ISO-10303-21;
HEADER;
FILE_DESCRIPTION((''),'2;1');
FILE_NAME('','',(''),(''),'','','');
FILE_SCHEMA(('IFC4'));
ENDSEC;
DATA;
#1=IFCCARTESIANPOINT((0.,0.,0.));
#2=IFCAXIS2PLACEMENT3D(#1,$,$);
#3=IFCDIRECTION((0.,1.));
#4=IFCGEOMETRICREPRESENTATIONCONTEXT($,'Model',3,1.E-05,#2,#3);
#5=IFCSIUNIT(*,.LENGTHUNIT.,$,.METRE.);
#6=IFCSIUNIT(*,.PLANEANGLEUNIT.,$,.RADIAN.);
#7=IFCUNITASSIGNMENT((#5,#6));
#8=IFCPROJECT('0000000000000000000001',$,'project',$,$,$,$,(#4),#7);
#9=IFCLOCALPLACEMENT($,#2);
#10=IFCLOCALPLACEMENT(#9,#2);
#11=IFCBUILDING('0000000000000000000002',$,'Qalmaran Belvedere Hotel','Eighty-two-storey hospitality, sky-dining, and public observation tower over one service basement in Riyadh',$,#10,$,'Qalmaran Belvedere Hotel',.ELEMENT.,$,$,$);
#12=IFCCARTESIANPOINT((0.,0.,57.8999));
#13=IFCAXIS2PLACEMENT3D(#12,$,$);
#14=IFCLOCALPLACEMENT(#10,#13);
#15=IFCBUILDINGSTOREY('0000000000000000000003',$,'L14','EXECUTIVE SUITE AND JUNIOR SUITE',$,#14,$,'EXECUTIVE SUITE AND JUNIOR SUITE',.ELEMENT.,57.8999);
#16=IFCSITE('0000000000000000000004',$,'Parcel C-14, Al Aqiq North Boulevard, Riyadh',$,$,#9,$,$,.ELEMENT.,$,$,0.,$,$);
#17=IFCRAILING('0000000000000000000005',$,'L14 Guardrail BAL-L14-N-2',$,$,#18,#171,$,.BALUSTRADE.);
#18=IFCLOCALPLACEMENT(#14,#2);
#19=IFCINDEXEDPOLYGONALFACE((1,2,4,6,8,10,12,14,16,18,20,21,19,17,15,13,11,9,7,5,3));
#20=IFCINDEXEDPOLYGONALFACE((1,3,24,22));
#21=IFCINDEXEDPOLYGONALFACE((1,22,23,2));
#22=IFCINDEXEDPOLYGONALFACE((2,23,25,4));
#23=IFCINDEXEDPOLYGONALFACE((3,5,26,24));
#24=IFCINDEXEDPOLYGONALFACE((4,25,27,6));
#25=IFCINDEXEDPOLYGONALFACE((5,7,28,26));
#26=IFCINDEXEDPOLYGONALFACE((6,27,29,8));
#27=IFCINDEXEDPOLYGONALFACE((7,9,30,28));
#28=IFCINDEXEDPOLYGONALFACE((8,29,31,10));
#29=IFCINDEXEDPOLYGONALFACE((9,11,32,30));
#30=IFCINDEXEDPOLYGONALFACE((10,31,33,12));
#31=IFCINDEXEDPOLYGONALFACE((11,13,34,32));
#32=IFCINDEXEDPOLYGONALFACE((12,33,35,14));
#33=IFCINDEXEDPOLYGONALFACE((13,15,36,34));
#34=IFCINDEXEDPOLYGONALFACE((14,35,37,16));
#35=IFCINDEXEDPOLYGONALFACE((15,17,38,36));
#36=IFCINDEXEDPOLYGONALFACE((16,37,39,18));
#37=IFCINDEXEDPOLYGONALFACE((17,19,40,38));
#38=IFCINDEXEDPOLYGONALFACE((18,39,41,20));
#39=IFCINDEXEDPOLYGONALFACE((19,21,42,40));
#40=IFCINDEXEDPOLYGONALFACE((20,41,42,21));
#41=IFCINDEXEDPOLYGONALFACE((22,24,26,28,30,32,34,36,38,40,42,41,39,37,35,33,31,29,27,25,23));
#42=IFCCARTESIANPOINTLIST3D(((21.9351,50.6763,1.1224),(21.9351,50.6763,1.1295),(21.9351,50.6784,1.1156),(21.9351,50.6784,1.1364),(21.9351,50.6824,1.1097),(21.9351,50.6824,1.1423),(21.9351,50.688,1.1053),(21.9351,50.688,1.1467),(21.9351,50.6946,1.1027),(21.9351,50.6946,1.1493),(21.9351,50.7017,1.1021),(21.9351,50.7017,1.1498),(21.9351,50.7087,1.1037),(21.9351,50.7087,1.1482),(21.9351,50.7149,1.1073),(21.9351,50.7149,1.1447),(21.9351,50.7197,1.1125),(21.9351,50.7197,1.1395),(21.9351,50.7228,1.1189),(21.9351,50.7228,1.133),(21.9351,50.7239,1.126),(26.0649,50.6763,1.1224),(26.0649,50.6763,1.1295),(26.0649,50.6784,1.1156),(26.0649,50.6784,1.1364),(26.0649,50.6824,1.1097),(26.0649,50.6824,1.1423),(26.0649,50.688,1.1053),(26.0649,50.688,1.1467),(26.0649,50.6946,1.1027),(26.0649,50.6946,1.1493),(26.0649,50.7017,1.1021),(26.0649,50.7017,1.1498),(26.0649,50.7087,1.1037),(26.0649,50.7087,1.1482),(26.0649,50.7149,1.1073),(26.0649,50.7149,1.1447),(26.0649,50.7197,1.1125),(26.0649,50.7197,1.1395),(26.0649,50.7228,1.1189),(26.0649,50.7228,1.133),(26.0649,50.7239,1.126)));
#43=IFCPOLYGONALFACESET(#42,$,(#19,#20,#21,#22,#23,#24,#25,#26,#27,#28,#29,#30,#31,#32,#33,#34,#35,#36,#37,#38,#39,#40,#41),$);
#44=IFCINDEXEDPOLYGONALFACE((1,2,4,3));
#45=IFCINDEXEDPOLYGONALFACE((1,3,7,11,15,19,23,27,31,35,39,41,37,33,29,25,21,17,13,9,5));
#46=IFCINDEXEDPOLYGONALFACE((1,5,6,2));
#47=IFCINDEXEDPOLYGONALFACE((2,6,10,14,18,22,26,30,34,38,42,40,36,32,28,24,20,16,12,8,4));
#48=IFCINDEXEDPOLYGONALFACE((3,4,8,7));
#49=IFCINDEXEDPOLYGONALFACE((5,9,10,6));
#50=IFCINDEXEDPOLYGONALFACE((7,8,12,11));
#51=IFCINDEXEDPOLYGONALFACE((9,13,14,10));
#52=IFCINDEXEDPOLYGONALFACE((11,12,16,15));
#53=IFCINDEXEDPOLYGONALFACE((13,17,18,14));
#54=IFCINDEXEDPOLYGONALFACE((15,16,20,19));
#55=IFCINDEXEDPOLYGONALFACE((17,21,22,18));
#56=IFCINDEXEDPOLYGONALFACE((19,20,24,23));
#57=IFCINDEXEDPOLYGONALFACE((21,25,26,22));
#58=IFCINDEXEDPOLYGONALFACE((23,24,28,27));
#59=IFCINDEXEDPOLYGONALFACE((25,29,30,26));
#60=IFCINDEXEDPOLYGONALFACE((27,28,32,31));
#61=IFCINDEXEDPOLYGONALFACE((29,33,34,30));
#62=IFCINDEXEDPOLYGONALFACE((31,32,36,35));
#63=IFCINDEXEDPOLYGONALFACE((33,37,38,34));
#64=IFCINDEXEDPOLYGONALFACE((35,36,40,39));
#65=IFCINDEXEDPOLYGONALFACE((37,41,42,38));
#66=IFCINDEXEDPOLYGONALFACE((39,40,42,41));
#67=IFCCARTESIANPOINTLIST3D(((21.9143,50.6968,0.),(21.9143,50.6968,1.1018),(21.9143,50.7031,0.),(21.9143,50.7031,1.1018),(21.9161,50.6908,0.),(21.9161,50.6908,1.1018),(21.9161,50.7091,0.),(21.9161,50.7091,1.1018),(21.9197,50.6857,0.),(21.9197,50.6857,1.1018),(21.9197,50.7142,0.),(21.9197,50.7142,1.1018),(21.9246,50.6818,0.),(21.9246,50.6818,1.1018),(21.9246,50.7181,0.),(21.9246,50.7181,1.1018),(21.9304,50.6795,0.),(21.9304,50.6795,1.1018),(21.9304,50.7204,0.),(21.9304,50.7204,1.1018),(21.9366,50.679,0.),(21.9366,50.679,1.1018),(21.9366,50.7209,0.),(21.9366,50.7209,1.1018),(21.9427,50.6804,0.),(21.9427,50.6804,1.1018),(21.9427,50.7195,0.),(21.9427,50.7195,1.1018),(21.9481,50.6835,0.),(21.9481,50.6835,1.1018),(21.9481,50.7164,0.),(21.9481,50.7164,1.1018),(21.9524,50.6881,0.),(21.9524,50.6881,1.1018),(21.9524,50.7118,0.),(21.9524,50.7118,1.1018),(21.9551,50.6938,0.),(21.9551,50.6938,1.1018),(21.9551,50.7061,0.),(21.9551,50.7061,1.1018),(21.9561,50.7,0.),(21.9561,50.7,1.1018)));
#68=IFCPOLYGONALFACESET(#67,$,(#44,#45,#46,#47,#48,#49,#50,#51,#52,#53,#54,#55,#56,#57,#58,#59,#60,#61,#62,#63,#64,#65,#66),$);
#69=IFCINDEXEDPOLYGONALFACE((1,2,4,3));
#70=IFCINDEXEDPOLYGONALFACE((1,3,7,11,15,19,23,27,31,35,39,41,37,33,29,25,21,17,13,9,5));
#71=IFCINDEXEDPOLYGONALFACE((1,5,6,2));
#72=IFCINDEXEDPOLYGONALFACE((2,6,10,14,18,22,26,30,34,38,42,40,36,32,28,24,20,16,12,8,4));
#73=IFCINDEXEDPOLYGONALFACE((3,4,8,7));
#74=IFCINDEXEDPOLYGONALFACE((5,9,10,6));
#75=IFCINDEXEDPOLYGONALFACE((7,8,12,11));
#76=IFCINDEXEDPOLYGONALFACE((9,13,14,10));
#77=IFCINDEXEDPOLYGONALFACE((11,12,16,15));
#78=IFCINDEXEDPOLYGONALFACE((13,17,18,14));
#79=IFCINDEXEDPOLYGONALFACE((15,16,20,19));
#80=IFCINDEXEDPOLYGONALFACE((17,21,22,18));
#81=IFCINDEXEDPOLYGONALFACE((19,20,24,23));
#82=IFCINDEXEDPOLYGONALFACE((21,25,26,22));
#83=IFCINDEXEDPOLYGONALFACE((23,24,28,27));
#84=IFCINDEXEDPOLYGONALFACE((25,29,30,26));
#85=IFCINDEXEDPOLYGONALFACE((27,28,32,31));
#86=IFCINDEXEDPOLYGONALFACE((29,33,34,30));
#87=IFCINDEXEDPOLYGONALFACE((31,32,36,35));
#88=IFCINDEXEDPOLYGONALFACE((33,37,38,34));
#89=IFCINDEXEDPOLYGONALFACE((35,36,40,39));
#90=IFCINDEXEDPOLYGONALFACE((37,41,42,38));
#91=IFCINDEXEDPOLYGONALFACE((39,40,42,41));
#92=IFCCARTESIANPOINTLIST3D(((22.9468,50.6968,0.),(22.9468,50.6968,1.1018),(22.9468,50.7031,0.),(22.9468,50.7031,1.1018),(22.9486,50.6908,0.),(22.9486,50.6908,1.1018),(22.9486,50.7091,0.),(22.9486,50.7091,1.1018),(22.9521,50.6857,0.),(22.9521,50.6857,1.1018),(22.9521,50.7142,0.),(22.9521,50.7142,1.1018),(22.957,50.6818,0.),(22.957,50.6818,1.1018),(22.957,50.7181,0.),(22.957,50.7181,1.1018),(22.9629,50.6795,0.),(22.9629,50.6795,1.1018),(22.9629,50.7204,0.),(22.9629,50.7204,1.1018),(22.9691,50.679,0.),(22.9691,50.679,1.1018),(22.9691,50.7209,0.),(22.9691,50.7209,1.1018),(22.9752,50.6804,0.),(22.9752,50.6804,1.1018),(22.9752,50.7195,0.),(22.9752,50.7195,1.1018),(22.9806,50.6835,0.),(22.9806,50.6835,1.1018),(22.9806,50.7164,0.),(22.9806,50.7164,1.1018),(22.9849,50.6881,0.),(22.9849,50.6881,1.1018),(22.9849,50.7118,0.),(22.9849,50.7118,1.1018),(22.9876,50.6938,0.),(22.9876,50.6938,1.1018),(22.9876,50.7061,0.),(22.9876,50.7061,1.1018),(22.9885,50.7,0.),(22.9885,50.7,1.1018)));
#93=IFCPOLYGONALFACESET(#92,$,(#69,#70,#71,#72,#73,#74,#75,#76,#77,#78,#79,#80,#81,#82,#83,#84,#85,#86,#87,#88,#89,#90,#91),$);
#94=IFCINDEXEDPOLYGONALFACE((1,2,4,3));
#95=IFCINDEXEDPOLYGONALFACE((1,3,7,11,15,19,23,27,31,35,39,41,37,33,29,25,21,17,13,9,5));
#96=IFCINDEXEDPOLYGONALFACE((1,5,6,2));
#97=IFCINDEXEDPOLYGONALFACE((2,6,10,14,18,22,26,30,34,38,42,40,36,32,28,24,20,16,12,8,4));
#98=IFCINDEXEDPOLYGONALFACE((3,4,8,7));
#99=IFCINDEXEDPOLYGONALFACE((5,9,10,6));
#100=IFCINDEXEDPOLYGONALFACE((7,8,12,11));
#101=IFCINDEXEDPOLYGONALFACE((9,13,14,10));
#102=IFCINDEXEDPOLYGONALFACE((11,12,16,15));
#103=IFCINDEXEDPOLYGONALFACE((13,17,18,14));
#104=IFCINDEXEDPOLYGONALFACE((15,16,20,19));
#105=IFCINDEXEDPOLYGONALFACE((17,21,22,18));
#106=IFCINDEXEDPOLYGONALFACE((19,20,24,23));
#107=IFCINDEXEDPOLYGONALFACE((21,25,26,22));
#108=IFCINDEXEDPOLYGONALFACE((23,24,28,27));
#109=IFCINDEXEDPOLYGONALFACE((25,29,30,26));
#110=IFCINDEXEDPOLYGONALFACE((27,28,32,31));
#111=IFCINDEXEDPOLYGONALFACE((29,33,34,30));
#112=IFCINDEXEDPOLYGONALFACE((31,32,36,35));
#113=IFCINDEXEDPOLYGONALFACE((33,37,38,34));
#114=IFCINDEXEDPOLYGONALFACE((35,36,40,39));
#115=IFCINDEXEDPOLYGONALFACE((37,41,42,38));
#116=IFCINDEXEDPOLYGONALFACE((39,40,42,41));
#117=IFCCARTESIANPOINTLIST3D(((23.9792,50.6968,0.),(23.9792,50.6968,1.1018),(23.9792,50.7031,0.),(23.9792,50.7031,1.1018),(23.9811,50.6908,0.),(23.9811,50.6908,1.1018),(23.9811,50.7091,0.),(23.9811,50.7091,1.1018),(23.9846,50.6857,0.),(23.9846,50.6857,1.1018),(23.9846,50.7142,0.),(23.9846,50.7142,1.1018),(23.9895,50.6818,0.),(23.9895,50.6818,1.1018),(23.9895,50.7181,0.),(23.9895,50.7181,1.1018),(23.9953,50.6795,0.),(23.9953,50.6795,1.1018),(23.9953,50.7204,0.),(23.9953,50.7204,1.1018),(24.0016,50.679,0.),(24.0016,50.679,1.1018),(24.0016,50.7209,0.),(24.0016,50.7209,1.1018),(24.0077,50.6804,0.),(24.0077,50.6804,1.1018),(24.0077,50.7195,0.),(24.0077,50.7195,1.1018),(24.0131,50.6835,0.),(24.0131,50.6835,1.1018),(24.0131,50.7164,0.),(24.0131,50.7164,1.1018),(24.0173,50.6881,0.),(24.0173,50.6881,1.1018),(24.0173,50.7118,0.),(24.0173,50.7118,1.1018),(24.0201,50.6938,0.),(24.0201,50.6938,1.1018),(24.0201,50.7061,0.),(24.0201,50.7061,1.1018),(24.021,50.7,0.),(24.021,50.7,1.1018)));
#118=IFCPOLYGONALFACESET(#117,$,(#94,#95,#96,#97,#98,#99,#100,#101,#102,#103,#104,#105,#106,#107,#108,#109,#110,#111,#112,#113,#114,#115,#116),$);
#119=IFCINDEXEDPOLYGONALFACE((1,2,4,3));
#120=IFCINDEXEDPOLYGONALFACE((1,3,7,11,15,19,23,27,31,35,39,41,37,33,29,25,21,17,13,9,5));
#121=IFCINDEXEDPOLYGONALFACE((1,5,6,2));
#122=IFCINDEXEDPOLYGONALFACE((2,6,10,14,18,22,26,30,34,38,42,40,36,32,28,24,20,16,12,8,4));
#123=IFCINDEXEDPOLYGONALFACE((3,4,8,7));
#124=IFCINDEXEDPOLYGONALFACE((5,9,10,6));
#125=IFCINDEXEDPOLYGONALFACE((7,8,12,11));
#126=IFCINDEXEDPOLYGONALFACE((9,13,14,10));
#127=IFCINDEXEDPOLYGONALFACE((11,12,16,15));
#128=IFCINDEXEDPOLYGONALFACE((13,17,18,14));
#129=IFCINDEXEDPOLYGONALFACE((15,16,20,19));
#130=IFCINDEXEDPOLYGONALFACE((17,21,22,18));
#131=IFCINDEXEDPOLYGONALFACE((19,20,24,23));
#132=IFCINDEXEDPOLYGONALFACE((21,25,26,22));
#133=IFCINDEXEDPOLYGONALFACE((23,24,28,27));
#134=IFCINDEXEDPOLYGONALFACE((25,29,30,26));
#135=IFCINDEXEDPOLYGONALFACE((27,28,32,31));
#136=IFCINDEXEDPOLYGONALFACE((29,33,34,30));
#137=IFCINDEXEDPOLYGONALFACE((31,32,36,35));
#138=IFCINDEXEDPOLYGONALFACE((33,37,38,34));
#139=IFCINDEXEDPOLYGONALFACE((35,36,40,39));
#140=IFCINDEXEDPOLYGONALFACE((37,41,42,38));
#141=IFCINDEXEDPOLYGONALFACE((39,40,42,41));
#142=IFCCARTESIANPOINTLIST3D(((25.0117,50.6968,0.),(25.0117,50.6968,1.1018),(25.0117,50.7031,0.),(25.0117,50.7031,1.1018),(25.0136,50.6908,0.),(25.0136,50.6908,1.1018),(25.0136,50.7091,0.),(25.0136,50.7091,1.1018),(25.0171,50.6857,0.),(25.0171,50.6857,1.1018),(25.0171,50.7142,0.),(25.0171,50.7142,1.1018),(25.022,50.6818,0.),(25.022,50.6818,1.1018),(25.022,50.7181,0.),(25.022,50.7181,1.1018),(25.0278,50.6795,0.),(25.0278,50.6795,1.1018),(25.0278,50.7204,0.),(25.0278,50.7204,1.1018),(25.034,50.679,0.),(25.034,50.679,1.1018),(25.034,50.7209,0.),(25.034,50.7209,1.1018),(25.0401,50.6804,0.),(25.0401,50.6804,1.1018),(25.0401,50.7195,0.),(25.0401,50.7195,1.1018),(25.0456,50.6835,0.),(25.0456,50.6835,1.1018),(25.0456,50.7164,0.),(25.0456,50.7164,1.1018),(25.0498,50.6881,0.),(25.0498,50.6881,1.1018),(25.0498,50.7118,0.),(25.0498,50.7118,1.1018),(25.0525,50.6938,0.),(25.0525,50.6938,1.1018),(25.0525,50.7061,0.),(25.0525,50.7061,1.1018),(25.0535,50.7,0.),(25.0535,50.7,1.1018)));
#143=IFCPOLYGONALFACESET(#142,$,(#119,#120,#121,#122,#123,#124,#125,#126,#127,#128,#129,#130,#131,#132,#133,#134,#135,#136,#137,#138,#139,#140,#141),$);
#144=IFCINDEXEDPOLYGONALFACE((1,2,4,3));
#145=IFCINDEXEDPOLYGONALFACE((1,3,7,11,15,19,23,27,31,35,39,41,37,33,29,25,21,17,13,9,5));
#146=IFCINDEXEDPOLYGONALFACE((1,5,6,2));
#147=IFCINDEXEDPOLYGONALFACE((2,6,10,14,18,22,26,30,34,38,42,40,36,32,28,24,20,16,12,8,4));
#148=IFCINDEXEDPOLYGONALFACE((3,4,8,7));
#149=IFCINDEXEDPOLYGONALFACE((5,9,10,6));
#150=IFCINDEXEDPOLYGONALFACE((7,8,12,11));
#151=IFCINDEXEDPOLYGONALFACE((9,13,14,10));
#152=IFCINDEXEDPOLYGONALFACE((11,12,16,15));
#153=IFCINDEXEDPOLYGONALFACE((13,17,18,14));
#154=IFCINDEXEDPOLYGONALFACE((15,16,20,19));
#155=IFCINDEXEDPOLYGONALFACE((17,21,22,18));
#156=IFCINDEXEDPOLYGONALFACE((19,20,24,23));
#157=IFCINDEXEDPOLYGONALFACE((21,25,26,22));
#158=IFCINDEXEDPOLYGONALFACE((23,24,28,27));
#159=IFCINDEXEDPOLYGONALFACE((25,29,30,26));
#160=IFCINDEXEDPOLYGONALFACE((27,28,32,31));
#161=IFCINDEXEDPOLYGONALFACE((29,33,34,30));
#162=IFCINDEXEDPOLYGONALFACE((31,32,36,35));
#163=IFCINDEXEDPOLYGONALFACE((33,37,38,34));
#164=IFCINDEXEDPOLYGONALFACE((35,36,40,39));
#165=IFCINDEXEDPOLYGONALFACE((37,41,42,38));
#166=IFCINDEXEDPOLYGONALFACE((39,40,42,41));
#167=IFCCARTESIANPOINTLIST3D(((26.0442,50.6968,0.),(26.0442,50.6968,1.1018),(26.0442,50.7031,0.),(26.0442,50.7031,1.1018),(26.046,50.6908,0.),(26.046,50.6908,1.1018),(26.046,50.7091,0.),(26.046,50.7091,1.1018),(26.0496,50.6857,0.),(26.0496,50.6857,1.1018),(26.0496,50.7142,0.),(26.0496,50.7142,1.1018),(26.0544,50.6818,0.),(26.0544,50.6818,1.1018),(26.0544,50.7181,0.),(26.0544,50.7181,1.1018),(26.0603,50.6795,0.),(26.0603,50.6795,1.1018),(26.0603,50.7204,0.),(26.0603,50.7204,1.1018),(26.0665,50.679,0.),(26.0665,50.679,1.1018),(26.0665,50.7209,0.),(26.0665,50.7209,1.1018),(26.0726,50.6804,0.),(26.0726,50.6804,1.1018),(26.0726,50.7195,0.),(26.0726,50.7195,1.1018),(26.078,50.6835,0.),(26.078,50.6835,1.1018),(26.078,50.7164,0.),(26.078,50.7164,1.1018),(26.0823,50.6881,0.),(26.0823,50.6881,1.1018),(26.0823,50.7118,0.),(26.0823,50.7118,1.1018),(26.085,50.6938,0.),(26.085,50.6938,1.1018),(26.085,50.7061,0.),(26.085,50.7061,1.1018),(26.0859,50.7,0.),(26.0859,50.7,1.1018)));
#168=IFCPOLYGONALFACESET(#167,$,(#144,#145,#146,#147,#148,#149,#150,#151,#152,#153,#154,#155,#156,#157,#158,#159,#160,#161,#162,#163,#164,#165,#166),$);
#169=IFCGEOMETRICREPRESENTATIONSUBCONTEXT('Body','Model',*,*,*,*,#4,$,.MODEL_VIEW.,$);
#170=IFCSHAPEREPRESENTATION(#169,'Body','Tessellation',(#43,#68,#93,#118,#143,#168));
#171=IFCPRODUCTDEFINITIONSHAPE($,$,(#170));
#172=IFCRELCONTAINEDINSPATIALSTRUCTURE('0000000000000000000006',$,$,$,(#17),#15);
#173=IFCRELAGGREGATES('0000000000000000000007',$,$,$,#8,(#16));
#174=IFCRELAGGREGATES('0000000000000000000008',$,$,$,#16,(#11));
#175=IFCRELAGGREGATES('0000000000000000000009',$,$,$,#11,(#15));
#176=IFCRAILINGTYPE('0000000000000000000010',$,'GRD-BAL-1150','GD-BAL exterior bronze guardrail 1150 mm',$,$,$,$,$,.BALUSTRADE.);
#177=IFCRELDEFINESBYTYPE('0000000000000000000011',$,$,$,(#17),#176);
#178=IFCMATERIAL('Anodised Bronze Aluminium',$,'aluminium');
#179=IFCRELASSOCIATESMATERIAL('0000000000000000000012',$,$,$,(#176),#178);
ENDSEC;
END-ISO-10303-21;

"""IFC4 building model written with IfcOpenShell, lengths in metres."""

from ifc_helpers import new_model, si_unit, direction, frame, origin, origin_2d, place, context, subcontext, project, spatial, circle, extrude, material, type_object, element, save


model = new_model("IFC4")

# Units and contexts
model_context = context("Model", 3, precision=1e-05, world=origin(), true_north=direction((0.0, 1.0)))
body_context = subcontext(model_context, "Body", "Model", "MODEL_VIEW")
ifc_project = project(units=[si_unit("LENGTHUNIT", "METRE"), si_unit("PLANEANGLEUNIT", "RADIAN")], contexts=[model_context])

# Site, building, storey
site_placement = place(None, origin())
site = spatial("IfcSite", under=ifc_project, at=site_placement, Name="Parcel C-14, Al Aqiq North Boulevard, Riyadh", CompositionType="ELEMENT", RefElevation=0.0)
building_placement = place(site_placement, origin())
building = spatial("IfcBuilding", under=site, at=building_placement, Name="Qalmaran Belvedere Hotel", Description="Eighty-two-storey hospitality, sky-dining, and public observation tower over one service basement in Riyadh", LongName="Qalmaran Belvedere Hotel", CompositionType="ELEMENT")
storey_placement = place(building_placement, frame((0.0, 0.0, 57.8999)))
storey = spatial("IfcBuildingStorey", under=building, at=storey_placement, Name="L14", Description="EXECUTIVE SUITE AND JUNIOR SUITE", LongName="EXECUTIVE SUITE AND JUNIOR SUITE", CompositionType="ELEMENT", Elevation=57.8999)

# Shared definitions
ifc_material_1 = material(Name="Anodised Bronze Aluminium", Category="aluminium")

# Railing
railing_type = type_object("IfcRailingType", Name="GRD-BAL-1150", Description="GD-BAL exterior bronze guardrail 1150 mm", PredefinedType="BALUSTRADE", material=ifc_material_1)
railing_1_placement = place(storey_placement, frame((21.9351, 50.7, 0.0)))
element("IfcRailing", 1, at=railing_1_placement, inside=storey, type_object=railing_type, Name="L14 Guardrail BAL-L14-N-2", PredefinedType="BALUSTRADE", context=body_context, shape_type="SweptSolid", body=[
    extrude(circle(Radius=0.0239, at=origin_2d()), frame((0.0, 0.0, 1.126), z_axis=(1.0, 0.0, 0.0), x_axis=(0.0, 1.0, 0.0)), (0.0, 0.0, 1.0), 4.1299),
    extrude(circle(Radius=0.021, at=origin_2d()), origin(), (0.0, 0.0, 1.0), 1.1018),
    extrude(circle(Radius=0.021, at=origin_2d()), frame((1.0325, 0.0, 0.0)), (0.0, 0.0, 1.0), 1.1018),
    extrude(circle(Radius=0.021, at=origin_2d()), frame((2.0649, 0.0, 0.0)), (0.0, 0.0, 1.0), 1.1018),
    extrude(circle(Radius=0.021, at=origin_2d()), frame((3.0974, 0.0, 0.0)), (0.0, 0.0, 1.0), 1.1018),
    extrude(circle(Radius=0.021, at=origin_2d()), frame((4.1299, 0.0, 0.0)), (0.0, 0.0, 1.0), 1.1018),
])

save(model, "model.ifc")
